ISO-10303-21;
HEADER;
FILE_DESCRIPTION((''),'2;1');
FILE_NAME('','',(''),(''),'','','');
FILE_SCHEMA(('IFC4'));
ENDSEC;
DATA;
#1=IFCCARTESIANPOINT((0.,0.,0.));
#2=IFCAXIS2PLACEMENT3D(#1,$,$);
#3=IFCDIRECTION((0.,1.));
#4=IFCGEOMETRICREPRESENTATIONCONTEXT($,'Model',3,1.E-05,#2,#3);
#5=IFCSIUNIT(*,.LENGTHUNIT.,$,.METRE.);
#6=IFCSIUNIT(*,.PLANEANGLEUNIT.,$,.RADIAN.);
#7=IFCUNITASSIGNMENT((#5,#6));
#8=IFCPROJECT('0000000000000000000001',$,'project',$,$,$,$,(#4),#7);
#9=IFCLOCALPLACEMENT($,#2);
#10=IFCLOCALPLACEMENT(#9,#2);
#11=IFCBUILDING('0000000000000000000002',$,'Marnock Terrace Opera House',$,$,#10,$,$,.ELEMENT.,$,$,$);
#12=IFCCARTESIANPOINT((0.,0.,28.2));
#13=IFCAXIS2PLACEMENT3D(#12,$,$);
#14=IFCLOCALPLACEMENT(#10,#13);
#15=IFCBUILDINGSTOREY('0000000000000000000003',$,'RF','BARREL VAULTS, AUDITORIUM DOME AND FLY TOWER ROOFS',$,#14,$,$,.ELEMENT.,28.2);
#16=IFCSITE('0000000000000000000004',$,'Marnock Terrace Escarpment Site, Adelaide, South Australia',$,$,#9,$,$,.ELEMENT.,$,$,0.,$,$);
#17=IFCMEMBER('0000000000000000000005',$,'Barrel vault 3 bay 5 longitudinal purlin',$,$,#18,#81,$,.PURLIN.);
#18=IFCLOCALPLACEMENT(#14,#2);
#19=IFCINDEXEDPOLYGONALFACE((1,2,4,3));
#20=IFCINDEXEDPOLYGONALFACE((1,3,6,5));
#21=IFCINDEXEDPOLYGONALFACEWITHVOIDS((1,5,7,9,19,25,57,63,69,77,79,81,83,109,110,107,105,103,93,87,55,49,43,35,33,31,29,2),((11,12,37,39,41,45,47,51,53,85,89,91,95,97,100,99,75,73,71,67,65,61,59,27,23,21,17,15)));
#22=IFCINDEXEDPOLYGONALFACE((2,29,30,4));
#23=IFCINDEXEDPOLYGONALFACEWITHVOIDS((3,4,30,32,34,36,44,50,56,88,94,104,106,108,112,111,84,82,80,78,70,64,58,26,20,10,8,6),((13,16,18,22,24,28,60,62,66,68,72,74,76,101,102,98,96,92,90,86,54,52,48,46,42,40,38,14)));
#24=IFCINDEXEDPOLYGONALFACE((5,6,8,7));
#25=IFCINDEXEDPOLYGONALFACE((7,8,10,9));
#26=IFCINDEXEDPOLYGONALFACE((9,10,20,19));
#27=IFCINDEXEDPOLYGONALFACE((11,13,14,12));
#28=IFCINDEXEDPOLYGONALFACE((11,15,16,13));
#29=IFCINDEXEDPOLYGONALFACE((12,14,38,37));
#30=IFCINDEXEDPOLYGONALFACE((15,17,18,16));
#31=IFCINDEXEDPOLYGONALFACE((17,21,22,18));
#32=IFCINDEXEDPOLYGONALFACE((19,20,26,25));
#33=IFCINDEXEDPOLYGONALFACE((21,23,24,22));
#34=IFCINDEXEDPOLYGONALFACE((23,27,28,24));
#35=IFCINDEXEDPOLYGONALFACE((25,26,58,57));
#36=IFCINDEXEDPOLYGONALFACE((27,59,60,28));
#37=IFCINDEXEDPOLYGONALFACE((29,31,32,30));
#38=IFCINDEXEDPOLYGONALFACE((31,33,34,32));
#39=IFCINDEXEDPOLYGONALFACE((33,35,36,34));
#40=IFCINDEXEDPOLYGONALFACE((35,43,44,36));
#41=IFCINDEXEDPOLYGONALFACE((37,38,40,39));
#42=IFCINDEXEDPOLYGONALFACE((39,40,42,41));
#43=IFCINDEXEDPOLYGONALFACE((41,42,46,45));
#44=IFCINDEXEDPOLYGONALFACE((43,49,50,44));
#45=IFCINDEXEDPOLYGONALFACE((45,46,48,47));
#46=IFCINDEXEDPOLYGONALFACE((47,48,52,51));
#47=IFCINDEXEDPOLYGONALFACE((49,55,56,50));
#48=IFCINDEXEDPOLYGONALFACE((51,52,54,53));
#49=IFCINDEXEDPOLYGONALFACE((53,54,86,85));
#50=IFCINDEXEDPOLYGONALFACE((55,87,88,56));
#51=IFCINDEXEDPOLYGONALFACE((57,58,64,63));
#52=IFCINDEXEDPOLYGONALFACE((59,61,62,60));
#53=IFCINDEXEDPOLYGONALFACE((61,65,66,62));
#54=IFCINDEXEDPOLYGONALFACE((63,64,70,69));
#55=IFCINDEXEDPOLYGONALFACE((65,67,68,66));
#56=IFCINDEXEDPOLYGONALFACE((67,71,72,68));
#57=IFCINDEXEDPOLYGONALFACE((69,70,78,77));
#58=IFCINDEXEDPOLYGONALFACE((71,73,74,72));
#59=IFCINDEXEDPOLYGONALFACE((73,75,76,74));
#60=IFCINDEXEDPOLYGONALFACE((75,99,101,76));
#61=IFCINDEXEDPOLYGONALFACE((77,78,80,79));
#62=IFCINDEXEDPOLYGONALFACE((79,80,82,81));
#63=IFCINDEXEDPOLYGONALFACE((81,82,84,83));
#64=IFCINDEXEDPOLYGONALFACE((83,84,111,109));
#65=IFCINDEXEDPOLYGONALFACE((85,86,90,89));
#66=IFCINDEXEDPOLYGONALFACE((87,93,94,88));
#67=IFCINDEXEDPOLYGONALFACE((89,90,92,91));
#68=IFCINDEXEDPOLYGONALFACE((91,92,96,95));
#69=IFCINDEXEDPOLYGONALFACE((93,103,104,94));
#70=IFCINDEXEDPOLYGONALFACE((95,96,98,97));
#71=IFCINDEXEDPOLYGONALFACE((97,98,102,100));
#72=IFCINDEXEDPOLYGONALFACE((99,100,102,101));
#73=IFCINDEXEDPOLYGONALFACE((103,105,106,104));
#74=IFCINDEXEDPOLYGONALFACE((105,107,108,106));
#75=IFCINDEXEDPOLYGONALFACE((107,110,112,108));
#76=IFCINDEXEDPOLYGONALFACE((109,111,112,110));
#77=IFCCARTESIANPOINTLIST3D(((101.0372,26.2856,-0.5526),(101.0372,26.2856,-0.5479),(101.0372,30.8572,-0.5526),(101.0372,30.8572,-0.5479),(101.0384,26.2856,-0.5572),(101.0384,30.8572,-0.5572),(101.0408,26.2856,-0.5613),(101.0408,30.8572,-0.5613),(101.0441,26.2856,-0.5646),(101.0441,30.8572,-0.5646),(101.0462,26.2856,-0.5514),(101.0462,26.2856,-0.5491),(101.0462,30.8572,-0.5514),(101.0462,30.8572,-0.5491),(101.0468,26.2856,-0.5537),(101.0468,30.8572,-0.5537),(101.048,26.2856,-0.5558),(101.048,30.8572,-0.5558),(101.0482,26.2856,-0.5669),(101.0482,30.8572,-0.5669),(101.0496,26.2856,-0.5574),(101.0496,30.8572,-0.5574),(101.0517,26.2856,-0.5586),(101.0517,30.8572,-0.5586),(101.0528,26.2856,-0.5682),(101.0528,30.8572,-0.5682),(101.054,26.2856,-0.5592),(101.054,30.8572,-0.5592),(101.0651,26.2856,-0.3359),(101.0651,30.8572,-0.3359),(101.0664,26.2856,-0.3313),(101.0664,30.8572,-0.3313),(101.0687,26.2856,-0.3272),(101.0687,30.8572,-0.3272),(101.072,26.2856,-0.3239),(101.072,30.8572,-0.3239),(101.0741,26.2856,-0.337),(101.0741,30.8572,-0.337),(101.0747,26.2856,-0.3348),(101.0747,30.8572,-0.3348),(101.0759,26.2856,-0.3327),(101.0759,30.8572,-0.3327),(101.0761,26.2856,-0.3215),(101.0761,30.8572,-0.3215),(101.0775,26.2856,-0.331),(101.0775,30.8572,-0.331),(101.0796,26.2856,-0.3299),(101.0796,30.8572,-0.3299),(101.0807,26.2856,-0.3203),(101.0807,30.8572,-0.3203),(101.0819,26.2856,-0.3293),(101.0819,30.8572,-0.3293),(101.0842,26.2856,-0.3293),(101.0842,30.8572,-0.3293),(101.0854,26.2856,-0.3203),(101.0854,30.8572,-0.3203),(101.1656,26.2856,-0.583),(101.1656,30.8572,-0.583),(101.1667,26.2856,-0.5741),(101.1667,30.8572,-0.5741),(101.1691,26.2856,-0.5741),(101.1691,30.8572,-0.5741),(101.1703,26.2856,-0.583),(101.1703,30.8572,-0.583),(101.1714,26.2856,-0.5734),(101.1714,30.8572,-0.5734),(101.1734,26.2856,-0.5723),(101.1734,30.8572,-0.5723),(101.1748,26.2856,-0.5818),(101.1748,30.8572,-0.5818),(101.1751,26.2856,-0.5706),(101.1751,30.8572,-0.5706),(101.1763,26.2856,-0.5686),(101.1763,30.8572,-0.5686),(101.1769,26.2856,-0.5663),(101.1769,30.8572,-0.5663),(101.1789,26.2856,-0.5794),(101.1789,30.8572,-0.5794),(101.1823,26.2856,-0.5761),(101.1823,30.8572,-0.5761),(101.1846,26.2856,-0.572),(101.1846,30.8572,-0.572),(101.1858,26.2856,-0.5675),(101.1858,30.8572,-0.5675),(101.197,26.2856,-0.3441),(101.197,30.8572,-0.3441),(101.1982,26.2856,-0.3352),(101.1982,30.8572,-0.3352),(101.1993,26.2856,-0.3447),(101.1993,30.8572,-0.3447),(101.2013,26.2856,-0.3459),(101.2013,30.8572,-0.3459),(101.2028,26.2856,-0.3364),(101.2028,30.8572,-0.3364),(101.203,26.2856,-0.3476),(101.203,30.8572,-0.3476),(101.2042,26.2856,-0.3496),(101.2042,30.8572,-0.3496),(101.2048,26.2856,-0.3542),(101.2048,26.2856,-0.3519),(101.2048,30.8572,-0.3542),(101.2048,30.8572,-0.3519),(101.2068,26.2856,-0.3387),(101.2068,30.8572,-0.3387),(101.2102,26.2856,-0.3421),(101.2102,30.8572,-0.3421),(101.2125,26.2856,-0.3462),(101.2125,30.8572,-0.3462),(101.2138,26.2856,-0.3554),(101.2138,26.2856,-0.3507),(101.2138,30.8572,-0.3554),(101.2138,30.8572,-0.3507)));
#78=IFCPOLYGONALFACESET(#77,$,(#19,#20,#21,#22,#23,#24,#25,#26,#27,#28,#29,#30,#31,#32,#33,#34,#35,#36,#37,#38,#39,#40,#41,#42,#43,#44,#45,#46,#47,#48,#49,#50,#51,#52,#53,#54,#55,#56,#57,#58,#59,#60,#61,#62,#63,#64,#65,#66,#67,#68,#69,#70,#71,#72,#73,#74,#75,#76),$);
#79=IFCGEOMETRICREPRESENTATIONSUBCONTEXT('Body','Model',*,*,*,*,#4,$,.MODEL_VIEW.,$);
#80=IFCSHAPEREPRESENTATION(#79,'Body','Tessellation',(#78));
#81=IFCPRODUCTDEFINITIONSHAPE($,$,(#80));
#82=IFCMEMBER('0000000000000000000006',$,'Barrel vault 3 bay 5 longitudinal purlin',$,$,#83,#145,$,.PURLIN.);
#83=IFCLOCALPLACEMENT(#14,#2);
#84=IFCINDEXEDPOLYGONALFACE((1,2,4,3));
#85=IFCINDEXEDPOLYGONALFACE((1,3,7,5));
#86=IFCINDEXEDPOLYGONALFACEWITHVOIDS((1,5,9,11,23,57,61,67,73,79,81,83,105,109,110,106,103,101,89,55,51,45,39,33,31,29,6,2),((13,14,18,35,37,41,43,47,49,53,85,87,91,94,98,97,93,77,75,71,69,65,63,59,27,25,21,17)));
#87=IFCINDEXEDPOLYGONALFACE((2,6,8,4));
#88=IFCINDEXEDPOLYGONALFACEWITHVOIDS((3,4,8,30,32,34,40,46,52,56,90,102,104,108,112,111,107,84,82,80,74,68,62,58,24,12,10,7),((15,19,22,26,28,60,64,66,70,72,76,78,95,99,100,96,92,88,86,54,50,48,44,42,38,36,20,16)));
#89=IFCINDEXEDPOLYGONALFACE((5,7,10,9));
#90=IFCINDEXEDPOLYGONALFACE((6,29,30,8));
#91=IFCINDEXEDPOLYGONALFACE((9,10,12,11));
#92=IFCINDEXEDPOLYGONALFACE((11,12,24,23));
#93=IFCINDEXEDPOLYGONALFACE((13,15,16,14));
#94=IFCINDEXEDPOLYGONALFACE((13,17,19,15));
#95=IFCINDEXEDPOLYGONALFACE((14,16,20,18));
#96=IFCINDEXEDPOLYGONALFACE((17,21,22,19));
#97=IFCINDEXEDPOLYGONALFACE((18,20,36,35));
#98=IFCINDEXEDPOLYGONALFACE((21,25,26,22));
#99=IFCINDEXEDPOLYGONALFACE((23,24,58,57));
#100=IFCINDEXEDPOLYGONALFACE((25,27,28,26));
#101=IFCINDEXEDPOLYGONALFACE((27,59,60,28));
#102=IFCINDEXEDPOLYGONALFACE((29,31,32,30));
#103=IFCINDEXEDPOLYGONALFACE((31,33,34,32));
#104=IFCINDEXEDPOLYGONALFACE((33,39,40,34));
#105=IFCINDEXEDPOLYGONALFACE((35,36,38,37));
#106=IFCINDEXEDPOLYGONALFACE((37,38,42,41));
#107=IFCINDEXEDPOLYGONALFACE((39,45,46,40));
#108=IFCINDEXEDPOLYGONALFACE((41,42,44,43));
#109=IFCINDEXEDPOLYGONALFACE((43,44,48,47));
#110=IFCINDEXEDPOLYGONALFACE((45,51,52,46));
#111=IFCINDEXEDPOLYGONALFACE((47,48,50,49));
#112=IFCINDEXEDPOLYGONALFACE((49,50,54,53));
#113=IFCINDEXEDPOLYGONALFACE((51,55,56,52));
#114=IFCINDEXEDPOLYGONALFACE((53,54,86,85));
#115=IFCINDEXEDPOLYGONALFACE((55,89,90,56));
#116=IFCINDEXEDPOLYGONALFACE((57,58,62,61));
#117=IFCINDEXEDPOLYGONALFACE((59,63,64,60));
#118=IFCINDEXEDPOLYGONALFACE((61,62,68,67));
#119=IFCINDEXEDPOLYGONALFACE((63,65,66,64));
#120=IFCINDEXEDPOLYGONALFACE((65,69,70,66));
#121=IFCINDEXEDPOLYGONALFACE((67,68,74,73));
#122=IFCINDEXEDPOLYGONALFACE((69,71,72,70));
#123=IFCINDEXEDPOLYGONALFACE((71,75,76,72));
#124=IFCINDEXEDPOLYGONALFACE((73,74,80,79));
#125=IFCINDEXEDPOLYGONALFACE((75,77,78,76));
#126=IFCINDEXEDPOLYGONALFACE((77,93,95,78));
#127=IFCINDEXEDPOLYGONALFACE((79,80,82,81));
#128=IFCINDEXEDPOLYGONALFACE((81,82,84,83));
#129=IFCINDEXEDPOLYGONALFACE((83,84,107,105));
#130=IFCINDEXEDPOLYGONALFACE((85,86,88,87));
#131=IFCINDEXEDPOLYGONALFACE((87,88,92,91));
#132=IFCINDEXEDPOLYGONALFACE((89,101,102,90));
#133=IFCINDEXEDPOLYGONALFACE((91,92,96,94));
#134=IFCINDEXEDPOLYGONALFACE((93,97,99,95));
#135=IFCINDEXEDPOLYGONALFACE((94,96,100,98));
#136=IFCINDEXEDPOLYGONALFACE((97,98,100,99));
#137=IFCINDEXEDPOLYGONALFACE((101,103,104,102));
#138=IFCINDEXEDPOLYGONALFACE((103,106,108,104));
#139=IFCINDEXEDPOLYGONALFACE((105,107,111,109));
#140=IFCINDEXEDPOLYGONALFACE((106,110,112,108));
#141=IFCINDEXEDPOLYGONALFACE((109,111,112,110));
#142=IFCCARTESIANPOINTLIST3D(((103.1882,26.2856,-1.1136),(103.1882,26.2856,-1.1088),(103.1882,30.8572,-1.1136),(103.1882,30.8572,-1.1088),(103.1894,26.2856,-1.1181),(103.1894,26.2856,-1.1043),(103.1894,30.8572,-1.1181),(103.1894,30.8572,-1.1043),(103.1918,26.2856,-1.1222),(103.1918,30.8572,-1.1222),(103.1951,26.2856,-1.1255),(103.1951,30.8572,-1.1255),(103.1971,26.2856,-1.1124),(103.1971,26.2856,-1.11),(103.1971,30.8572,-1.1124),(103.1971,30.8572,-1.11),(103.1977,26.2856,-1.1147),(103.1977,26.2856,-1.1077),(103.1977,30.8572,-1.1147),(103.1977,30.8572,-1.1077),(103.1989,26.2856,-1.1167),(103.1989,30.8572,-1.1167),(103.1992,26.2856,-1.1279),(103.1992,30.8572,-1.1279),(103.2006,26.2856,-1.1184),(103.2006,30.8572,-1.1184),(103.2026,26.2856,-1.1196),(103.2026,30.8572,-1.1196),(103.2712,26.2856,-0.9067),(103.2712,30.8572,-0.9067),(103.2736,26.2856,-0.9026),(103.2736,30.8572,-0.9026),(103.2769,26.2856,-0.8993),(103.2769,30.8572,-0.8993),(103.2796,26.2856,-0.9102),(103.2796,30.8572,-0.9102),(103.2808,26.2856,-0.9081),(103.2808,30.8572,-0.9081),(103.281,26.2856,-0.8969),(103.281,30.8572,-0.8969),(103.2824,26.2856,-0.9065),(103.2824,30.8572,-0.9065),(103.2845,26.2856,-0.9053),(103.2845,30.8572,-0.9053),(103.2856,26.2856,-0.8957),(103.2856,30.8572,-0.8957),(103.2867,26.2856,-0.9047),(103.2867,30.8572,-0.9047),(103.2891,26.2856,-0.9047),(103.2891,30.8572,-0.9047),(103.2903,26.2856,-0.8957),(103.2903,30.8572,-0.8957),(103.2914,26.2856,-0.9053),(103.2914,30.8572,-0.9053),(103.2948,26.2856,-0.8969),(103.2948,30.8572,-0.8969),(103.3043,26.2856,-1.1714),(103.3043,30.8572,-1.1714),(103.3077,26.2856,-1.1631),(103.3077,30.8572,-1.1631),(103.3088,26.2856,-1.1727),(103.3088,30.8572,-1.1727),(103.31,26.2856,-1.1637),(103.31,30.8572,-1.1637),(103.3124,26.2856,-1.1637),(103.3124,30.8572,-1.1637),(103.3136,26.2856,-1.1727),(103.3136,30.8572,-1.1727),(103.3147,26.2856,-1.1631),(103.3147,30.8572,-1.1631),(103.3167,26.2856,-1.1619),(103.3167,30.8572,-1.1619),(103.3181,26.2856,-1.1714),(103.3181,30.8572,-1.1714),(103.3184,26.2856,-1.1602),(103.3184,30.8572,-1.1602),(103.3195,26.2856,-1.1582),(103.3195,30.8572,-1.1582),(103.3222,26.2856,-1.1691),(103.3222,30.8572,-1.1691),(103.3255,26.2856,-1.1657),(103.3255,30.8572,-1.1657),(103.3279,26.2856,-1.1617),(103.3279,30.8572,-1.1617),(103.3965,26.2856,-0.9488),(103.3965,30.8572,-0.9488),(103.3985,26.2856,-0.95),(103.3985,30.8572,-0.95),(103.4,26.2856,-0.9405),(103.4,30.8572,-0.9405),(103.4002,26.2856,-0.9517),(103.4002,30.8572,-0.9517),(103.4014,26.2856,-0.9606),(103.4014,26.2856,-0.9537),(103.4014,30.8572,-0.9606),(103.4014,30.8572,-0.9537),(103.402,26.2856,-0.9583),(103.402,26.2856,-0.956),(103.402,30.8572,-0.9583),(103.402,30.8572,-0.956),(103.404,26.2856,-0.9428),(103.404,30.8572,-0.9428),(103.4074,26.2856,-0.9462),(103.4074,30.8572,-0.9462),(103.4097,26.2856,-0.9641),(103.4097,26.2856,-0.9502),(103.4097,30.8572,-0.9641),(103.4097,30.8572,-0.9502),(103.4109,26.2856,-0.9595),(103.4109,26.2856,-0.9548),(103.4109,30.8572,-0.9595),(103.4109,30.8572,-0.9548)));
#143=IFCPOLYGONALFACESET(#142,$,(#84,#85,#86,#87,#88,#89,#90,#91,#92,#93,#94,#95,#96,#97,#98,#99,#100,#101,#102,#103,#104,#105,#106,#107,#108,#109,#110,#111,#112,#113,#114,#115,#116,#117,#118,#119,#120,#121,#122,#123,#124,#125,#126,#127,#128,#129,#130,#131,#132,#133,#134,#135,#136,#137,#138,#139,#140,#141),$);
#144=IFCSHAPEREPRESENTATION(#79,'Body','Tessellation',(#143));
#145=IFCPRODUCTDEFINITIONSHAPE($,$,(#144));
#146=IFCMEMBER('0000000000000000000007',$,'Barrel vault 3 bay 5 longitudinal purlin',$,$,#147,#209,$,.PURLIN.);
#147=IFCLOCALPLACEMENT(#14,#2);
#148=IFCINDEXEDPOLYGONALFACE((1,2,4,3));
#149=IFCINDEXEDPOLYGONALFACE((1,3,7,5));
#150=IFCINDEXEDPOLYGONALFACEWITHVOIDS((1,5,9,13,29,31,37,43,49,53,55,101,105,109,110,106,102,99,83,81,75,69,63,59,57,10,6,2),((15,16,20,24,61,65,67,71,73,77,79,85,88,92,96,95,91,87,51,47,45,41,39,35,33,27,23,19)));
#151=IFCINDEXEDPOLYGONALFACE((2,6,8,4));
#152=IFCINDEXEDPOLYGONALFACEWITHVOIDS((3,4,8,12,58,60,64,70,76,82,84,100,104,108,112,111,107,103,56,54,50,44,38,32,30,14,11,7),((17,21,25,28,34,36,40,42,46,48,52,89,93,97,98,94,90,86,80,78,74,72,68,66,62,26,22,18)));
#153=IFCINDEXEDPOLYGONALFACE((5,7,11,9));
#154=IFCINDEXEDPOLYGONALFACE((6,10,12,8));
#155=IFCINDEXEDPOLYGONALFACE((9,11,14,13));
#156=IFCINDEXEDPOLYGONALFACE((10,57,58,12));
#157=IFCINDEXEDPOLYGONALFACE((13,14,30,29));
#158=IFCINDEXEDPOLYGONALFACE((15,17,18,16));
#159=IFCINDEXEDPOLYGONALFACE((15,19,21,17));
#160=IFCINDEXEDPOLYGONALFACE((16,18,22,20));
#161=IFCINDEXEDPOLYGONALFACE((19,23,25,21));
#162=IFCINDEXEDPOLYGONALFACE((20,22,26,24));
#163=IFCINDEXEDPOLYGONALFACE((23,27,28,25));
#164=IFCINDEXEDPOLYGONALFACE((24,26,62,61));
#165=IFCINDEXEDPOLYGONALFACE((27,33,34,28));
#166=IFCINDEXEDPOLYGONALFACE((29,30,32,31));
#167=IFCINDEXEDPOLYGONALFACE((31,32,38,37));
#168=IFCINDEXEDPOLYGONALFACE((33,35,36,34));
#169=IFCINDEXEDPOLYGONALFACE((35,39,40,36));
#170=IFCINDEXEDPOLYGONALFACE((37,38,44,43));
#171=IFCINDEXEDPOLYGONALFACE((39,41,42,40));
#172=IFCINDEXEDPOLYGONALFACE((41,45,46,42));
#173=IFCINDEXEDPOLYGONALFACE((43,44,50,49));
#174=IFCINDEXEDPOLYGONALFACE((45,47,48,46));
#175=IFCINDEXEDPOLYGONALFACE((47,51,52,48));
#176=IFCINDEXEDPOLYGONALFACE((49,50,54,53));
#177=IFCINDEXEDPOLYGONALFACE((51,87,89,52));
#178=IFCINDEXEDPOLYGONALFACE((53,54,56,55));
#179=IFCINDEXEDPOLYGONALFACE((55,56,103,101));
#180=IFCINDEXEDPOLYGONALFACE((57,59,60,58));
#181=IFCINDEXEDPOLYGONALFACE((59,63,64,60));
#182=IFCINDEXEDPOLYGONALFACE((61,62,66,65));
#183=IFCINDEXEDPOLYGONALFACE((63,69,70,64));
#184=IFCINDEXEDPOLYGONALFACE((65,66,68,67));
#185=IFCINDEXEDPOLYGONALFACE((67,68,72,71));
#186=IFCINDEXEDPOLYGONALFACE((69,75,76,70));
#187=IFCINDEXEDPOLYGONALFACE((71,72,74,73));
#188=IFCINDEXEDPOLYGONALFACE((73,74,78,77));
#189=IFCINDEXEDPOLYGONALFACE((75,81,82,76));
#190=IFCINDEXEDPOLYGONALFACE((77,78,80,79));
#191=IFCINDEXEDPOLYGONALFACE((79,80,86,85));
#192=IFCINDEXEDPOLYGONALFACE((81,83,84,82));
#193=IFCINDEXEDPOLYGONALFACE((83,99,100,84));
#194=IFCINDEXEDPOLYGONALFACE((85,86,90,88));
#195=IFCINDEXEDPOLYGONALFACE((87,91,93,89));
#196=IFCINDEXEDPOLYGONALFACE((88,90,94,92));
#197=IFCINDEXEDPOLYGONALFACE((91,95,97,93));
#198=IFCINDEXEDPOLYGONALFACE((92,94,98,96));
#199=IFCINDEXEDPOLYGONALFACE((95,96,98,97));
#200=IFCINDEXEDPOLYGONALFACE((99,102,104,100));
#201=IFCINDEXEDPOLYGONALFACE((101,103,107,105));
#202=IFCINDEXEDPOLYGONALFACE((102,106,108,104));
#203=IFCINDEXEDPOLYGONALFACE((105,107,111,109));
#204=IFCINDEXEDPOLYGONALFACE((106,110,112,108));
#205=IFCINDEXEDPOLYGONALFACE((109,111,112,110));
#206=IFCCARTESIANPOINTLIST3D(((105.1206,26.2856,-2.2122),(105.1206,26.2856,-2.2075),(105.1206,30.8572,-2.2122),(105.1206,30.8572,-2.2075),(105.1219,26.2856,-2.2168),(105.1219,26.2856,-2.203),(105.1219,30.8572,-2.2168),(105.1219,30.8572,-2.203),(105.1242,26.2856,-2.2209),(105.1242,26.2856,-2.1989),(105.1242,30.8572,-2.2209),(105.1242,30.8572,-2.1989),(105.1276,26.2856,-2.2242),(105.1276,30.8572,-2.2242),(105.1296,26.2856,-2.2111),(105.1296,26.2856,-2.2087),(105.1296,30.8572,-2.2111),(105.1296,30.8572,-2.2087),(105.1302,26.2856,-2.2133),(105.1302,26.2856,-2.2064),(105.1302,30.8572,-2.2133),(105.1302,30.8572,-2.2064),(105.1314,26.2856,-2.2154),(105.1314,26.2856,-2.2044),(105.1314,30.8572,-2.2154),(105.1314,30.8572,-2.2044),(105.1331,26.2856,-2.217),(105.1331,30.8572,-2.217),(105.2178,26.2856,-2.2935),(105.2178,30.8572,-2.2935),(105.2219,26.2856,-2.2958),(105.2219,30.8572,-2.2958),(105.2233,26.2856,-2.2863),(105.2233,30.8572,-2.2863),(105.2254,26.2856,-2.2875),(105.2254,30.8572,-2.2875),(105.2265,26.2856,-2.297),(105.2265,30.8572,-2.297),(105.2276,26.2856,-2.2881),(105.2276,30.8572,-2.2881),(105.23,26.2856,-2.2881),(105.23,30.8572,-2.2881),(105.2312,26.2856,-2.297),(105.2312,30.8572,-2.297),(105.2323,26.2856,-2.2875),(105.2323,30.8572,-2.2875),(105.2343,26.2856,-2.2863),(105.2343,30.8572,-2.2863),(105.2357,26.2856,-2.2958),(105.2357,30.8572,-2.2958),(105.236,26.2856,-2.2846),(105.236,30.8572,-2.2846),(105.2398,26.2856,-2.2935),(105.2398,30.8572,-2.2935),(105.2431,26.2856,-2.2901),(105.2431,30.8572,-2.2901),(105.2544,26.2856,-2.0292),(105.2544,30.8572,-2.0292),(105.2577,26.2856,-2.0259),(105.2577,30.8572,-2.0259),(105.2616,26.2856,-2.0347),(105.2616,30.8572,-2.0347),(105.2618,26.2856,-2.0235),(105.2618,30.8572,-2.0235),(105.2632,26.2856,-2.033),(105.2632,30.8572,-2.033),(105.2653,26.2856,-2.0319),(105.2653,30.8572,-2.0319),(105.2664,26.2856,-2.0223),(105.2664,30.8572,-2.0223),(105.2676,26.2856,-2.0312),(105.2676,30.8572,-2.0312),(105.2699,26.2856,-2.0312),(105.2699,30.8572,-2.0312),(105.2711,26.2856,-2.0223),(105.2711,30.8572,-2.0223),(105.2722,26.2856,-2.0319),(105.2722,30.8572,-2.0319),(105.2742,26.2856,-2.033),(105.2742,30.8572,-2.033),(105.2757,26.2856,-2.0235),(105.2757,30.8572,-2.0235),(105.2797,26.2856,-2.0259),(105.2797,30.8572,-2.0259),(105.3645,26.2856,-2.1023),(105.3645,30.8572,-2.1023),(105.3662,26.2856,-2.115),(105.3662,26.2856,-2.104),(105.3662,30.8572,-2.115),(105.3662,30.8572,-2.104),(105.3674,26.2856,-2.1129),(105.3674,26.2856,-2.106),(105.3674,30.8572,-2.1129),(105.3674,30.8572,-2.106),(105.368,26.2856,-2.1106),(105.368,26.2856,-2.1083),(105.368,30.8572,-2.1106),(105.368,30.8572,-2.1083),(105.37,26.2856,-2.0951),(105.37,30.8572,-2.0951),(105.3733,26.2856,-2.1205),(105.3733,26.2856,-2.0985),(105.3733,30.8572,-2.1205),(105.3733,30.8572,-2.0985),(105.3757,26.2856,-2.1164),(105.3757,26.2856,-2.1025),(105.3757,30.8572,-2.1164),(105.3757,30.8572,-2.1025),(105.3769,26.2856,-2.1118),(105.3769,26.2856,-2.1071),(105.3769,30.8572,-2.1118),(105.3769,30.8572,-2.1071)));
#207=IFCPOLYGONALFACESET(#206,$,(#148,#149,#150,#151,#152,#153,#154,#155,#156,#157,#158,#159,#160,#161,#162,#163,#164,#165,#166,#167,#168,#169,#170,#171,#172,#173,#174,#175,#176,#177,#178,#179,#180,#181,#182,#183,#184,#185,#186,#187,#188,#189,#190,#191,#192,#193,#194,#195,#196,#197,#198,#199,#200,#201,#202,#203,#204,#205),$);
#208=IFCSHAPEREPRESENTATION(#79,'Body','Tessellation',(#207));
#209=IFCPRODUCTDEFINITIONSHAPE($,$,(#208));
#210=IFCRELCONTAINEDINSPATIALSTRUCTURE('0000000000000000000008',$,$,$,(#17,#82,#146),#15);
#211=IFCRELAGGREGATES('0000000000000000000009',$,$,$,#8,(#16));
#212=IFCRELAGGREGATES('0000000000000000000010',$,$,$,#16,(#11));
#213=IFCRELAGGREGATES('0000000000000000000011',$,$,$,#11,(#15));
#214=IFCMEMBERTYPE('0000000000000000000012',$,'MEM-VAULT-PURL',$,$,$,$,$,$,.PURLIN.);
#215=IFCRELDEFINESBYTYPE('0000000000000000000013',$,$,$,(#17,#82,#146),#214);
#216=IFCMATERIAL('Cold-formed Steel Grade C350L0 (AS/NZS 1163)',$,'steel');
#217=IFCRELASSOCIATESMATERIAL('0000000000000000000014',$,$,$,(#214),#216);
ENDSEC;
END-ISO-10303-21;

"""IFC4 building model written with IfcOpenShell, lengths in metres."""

from ifc_helpers import new_model, si_unit, direction, frame, origin, origin_2d, place, context, subcontext, project, spatial, hollow_rectangle, extrude, material, material_profile, profile_set, type_object, element, save


model = new_model("IFC4")

# Units and contexts
model_context = context("Model", 3, precision=1e-05, world=origin(), true_north=direction((0.0, 1.0)))
body_context = subcontext(model_context, "Body", "Model", "MODEL_VIEW")
ifc_project = project(units=[si_unit("LENGTHUNIT", "METRE"), si_unit("PLANEANGLEUNIT", "RADIAN")], contexts=[model_context])

# Site, building, storey
site_placement = place(None, origin())
site = spatial("IfcSite", under=ifc_project, at=site_placement, Name="Marnock Terrace Escarpment Site, Adelaide, South Australia", CompositionType="ELEMENT", RefElevation=0.0)
building_placement = place(site_placement, origin())
building = spatial("IfcBuilding", under=site, at=building_placement, Name="Marnock Terrace Opera House", CompositionType="ELEMENT")
storey_placement = place(building_placement, frame((0.0, 0.0, 28.2)))
storey = spatial("IfcBuildingStorey", under=building, at=storey_placement, Name="RF", Description="BARREL VAULTS, AUDITORIUM DOME AND FLY TOWER ROOFS", CompositionType="ELEMENT", Elevation=28.2)

# Members
ifc_material = material(Name="Cold-formed Steel Grade C350L0 (AS/NZS 1163)", Category="steel")
ifc_material_profile_1 = material_profile(ifc_material, hollow_rectangle(XDim=0.1499, YDim=0.25, WallThickness=0.009, InnerFilletRadius=0.009, OuterFilletRadius=0.0181, at=origin_2d()))
ifc_profile_set_1 = profile_set([ifc_material_profile_1], Name="Cold-formed Steel Grade C350L0 (AS/NZS 1163)")
member_type_1 = type_object("IfcMemberType", Name="MEM-VAULT-PURL", PredefinedType="PURLIN", material=ifc_profile_set_1)
for number, where, z_axis, x_axis, name in (
    (1, (101.1255, 26.2856, -0.4517), (0.0, 1.0, 0.0), (-0.991445, 0.0, 0.130526), "Barrel vault 3 bay 5 longitudinal purlin"),
    (2, (103.2996, 26.2856, -1.0342), (0.0, 1.0, 0.0), (-0.92388, 0.0, 0.382683), "Barrel vault 3 bay 5 longitudinal purlin"),
    (3, (105.2488, 26.2856, -2.1597), (0.0, 1.0, 0.0), (-0.793353, 0.0, 0.608761), "Barrel vault 3 bay 5 longitudinal purlin"),
):
    element("IfcMember", number, at=place(storey_placement, frame(where, z_axis=z_axis, x_axis=x_axis)), inside=storey, type_object=member_type_1, Name=name, PredefinedType="PURLIN", context=body_context, shape_type="SweptSolid", body=[
        extrude(hollow_rectangle(XDim=0.1499, YDim=0.25, WallThickness=0.009, InnerFilletRadius=0.009, OuterFilletRadius=0.0181, at=origin_2d()), origin(), (0.0, 0.0, 1.0), 4.5715),
    ])

save(model, "model.ifc")
